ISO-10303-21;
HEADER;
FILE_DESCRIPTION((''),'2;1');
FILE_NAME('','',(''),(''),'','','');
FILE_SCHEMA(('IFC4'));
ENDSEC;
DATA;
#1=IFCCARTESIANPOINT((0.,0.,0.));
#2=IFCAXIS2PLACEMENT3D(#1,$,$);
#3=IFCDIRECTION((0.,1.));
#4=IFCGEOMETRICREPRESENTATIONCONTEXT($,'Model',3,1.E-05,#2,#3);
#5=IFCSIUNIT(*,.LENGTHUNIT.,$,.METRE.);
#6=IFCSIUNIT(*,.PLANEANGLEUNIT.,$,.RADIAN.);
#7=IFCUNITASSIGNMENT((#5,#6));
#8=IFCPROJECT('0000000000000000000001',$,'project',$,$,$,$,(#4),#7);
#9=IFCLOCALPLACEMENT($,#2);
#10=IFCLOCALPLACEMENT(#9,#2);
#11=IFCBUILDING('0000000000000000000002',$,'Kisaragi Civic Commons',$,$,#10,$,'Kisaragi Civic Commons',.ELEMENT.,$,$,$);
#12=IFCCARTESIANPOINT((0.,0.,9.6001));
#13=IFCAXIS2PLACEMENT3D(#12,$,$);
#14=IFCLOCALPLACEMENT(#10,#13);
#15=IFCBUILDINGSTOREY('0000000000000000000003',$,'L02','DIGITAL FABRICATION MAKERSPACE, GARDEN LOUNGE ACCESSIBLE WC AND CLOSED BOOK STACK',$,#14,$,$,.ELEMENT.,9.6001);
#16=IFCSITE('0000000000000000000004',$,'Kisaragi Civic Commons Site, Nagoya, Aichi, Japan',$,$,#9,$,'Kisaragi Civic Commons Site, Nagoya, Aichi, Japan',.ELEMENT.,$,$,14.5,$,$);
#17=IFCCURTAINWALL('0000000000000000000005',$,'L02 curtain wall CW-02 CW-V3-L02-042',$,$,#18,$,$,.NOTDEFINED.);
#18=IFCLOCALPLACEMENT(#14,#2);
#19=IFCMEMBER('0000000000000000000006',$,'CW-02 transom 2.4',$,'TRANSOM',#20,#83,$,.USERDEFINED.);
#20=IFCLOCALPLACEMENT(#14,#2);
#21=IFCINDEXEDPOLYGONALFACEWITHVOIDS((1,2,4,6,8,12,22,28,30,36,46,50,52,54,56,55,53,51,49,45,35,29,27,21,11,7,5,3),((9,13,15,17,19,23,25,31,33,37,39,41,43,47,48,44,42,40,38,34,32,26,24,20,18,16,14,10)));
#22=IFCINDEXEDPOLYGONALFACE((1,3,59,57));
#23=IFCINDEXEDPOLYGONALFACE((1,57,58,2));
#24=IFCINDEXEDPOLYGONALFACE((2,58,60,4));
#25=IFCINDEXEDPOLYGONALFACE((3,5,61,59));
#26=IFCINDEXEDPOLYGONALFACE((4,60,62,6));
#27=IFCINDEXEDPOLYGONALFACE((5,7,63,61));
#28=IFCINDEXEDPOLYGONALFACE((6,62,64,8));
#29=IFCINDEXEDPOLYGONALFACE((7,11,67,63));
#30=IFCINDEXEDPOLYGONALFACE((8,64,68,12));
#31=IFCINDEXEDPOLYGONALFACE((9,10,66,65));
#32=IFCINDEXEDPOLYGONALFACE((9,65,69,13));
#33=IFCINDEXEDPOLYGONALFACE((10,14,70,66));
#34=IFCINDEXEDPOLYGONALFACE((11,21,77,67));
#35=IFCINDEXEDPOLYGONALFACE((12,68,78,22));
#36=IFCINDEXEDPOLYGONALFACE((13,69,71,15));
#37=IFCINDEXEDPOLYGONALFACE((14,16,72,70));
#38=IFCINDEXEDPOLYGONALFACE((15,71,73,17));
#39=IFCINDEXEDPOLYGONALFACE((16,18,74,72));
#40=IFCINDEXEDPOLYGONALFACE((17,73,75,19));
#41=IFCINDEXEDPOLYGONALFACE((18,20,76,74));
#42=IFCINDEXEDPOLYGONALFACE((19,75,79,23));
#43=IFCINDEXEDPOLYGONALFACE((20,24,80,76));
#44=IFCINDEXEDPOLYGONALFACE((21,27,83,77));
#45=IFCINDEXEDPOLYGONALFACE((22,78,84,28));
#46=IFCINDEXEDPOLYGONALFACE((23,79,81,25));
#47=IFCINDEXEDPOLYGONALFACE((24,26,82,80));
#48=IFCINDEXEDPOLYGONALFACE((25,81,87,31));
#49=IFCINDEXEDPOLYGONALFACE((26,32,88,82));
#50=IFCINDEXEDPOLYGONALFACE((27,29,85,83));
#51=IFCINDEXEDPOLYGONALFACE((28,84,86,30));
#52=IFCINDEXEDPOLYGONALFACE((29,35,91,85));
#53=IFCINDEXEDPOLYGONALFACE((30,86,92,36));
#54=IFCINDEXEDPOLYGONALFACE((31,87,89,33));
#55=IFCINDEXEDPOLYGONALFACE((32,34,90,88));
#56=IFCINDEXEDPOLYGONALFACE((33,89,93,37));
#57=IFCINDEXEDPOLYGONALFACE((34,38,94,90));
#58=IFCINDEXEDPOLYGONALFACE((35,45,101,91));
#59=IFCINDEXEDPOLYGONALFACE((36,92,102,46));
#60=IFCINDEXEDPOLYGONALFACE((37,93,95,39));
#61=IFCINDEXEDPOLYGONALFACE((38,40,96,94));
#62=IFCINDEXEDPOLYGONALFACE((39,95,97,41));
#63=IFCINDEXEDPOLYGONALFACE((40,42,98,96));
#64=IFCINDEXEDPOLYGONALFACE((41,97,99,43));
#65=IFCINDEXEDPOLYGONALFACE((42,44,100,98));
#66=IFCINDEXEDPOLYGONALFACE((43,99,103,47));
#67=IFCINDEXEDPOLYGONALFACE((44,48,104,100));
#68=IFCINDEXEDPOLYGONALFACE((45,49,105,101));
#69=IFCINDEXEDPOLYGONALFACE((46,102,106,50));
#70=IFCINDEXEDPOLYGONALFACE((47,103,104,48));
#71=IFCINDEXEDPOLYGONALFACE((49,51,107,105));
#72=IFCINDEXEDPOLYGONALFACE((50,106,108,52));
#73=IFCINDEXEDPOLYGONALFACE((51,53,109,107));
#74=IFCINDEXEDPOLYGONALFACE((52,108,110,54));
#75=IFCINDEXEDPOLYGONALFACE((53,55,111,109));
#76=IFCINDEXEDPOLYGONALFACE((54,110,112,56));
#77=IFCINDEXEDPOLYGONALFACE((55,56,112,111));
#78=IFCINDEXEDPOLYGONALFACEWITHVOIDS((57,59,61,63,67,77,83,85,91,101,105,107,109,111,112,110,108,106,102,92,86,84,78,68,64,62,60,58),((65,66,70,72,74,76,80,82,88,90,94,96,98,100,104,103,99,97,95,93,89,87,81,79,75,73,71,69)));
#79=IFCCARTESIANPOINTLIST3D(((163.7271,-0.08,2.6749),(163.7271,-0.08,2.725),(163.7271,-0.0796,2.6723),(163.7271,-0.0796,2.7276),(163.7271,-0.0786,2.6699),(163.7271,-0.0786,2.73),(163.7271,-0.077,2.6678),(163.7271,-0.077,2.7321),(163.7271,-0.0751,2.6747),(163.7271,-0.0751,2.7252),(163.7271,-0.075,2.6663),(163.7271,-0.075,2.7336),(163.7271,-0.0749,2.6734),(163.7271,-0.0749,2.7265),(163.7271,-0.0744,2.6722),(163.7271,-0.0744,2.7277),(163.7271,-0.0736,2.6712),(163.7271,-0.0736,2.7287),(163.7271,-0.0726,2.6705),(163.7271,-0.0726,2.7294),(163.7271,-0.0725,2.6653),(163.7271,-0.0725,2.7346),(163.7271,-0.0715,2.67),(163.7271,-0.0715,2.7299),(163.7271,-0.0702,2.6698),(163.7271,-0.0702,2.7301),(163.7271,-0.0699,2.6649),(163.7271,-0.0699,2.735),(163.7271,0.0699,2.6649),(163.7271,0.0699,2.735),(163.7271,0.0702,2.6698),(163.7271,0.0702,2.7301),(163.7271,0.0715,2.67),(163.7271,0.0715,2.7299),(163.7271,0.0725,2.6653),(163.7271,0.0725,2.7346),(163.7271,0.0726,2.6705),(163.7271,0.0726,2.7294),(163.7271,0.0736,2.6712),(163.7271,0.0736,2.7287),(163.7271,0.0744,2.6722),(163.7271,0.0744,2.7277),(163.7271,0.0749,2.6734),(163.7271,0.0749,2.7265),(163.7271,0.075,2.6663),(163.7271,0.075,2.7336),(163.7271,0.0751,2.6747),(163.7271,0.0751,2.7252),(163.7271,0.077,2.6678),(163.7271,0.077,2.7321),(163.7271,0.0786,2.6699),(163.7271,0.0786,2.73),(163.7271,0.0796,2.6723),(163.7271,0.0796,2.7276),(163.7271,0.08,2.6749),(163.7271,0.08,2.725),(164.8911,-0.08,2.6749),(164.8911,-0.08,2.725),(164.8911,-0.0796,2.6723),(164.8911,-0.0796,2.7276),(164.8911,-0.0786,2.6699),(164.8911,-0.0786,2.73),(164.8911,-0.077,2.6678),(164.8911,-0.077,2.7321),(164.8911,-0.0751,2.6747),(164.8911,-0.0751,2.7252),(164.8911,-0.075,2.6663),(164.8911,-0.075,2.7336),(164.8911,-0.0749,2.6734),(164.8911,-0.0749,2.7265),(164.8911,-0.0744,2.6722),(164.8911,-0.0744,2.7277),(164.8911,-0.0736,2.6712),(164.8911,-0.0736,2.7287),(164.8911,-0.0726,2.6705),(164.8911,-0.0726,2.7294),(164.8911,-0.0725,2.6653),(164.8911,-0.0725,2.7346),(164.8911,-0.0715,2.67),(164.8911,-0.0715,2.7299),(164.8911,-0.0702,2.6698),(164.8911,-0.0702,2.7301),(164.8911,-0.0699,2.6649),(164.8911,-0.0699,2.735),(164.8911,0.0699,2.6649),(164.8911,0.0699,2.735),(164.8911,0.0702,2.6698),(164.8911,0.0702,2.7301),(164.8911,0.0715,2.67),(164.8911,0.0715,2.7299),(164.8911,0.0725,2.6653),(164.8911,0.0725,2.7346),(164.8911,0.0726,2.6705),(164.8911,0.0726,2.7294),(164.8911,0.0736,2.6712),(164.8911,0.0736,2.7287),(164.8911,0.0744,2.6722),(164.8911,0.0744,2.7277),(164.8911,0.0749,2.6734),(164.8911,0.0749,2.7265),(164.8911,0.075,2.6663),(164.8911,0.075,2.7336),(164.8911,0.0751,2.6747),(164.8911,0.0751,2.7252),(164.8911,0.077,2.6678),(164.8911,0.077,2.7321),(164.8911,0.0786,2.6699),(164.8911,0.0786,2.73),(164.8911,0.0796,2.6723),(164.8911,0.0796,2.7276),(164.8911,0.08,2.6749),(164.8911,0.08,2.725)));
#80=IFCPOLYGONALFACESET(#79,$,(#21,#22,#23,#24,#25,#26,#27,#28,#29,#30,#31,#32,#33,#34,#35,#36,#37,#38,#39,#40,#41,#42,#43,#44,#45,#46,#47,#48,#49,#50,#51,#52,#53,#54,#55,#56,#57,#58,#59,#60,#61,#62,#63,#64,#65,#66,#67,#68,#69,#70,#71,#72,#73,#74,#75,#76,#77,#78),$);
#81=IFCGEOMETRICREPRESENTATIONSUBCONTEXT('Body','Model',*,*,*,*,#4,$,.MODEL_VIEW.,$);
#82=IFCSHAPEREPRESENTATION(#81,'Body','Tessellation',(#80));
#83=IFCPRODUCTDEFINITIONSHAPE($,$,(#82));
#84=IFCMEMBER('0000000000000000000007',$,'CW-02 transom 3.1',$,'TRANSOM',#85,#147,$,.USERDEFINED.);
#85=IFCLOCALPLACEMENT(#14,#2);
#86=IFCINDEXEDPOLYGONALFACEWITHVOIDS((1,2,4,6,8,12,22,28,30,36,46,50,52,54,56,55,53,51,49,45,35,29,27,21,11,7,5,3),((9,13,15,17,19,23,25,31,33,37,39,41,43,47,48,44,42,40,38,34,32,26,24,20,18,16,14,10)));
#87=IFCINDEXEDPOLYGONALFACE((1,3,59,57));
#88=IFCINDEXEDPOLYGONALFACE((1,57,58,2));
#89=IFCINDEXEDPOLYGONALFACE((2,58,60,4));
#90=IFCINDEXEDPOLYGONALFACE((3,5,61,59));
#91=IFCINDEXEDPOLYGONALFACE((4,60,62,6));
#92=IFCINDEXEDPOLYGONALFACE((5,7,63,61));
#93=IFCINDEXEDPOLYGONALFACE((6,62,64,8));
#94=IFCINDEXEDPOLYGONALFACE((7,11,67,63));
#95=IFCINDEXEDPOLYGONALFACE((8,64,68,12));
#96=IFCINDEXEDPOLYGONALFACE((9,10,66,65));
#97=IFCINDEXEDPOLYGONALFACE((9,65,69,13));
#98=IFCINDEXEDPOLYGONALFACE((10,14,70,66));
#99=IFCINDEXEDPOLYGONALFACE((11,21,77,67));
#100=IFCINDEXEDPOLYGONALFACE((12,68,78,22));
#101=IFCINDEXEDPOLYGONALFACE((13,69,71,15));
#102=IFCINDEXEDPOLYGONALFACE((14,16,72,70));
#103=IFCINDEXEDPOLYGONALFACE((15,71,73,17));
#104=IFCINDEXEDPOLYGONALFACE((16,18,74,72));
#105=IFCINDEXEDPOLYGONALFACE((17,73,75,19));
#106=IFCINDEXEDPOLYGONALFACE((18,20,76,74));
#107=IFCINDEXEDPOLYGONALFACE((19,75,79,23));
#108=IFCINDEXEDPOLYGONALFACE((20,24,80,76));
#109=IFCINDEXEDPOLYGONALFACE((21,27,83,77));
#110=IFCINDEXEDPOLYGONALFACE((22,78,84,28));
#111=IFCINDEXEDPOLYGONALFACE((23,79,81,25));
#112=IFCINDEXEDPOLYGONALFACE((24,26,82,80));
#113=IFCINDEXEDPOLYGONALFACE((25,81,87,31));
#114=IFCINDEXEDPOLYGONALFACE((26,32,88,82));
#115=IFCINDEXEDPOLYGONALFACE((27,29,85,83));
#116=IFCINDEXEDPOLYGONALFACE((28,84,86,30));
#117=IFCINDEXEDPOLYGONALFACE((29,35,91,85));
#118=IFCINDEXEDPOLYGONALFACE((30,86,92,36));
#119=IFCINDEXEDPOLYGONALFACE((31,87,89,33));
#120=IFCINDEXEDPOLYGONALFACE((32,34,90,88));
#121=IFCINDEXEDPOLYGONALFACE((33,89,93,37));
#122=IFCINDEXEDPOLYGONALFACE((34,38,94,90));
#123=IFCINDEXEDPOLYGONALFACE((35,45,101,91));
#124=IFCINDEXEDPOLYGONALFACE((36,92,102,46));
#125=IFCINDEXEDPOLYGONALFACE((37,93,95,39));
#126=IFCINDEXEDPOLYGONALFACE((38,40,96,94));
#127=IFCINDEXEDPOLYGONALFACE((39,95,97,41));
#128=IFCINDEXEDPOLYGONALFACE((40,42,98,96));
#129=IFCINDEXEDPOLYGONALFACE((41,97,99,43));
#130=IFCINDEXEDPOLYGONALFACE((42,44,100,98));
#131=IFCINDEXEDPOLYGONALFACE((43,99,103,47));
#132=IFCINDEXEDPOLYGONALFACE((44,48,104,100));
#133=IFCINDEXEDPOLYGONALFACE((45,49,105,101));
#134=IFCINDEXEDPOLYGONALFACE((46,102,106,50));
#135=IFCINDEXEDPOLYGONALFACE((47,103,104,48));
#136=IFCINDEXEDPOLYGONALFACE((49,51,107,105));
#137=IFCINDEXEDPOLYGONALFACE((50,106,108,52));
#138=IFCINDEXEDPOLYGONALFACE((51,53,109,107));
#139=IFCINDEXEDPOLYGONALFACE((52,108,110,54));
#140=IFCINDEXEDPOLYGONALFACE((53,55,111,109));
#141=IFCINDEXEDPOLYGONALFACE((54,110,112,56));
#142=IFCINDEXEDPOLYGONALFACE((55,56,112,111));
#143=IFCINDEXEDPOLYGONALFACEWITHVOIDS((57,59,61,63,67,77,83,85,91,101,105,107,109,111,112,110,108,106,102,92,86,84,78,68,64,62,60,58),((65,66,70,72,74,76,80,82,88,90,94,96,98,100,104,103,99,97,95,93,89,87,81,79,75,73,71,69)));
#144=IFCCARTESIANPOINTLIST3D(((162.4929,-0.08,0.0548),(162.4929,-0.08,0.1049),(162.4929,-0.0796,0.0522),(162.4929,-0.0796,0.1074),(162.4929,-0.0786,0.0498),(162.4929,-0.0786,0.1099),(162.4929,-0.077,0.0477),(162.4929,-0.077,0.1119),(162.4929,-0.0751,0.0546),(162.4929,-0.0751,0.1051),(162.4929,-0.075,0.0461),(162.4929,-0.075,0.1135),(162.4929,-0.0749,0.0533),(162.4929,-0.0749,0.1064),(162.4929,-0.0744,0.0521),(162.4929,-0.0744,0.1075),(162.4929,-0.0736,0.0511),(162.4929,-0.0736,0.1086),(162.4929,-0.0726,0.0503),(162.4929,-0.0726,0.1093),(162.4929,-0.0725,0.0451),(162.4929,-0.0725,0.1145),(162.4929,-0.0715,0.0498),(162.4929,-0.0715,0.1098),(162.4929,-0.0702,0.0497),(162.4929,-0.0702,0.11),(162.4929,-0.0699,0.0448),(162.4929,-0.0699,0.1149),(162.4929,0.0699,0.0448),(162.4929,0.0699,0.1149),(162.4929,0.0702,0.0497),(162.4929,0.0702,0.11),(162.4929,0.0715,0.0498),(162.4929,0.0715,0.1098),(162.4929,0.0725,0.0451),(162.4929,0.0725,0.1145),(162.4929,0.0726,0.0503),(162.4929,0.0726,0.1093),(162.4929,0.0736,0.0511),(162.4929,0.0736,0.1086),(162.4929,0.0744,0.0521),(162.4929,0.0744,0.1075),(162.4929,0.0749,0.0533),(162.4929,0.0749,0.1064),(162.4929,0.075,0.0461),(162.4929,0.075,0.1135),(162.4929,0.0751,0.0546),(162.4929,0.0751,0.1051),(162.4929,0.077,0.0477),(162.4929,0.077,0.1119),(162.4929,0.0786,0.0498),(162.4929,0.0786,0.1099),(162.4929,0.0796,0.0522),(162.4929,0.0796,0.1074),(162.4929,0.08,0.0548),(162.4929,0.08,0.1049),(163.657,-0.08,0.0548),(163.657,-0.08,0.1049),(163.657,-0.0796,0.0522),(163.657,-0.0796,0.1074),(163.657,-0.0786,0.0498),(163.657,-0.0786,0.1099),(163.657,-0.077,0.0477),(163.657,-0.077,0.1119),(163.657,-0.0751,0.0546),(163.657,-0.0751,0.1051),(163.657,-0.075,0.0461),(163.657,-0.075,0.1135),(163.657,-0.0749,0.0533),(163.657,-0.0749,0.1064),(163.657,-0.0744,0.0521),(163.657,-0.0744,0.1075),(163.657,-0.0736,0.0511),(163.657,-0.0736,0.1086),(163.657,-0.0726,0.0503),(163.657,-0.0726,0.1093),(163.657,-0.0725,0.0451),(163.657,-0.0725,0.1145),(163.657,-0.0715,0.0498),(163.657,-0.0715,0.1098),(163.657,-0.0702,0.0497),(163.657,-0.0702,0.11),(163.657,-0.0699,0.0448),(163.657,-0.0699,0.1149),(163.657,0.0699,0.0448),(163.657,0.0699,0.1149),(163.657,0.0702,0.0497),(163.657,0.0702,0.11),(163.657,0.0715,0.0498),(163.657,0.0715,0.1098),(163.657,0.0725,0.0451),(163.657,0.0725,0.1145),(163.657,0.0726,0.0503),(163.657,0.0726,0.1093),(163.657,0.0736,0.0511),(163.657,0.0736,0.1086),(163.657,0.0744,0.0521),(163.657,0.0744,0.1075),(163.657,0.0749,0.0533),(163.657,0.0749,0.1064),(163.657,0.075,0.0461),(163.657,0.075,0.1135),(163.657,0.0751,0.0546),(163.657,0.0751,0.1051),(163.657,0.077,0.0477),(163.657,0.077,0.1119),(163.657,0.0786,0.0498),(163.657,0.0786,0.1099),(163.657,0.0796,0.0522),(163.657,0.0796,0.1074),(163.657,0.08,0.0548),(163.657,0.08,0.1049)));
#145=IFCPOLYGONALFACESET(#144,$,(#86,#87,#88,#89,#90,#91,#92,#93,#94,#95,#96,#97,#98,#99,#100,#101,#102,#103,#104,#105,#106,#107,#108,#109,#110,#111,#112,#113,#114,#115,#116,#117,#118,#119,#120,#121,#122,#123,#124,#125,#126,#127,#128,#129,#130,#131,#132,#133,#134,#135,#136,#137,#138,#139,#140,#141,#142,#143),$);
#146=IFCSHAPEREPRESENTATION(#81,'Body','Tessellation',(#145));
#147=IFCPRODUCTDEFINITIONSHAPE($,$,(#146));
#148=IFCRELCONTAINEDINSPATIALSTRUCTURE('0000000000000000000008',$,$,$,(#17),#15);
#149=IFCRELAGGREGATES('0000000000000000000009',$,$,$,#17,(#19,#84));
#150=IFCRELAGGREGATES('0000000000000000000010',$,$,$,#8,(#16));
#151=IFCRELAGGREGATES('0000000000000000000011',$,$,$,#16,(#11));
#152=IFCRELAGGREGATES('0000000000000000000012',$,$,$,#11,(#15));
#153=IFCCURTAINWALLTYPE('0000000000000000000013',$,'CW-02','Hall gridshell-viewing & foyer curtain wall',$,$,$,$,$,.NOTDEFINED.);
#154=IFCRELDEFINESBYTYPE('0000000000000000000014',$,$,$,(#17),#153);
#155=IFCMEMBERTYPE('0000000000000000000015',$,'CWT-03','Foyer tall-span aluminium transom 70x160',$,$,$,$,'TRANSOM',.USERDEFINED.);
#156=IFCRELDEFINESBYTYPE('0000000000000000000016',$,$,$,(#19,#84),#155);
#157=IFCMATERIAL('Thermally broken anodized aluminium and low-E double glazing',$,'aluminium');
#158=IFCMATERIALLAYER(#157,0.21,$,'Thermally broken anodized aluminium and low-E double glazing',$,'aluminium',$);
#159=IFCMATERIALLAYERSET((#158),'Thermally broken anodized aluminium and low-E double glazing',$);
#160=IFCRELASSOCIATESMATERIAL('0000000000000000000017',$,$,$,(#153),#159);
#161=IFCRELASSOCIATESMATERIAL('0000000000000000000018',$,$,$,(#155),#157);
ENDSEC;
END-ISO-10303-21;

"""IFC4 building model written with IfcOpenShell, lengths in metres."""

from ifc_helpers import new_model, si_unit, direction, frame, origin, origin_2d, place, context, subcontext, project, spatial, hollow_rectangle, extrude, material, layer, layer_set, material_profile, profile_set, type_object, element, aggregate, save


model = new_model("IFC4")

# Units and contexts
model_context = context("Model", 3, precision=1e-05, world=origin(), true_north=direction((0.0, 1.0)))
body_context = subcontext(model_context, "Body", "Model", "MODEL_VIEW")
ifc_project = project(units=[si_unit("LENGTHUNIT", "METRE"), si_unit("PLANEANGLEUNIT", "RADIAN")], contexts=[model_context])

# Site, building, storey
site_placement = place(None, origin())
site = spatial("IfcSite", under=ifc_project, at=site_placement, Name="Kisaragi Civic Commons Site, Nagoya, Aichi, Japan", LongName="Kisaragi Civic Commons Site, Nagoya, Aichi, Japan", CompositionType="ELEMENT", RefElevation=14.5)
building_placement = place(site_placement, origin())
building = spatial("IfcBuilding", under=site, at=building_placement, Name="Kisaragi Civic Commons", LongName="Kisaragi Civic Commons", CompositionType="ELEMENT")
storey_placement = place(building_placement, frame((0.0, 0.0, 9.6001)))
storey = spatial("IfcBuildingStorey", under=building, at=storey_placement, Name="L02", Description="DIGITAL FABRICATION MAKERSPACE, GARDEN LOUNGE ACCESSIBLE WC AND CLOSED BOOK STACK", CompositionType="ELEMENT", Elevation=9.6001)

# Shared definitions
ifc_material_1 = material(Name="Thermally broken anodized aluminium and low-E double glazing", Category="aluminium")
ifc_layer_1 = layer(ifc_material_1, 0.21, Name="Thermally broken anodized aluminium and low-E double glazing", Category="aluminium")
ifc_layer_set_1 = layer_set([ifc_layer_1], Name="Thermally broken anodized aluminium and low-E double glazing")
curtain_wall_type = type_object("IfcCurtainWallType", Name="CW-02", Description="Hall gridshell-viewing & foyer curtain wall", PredefinedType="NOTDEFINED", material=ifc_layer_set_1)

# Curtain wall
curtain_wall_1_placement = place(storey_placement, origin())
curtain_wall_1 = element("IfcCurtainWall", 1, at=curtain_wall_1_placement, inside=storey, type_object=curtain_wall_type, Name="L02 curtain wall CW-02 CW-V3-L02-042", PredefinedType="NOTDEFINED")

# Members
ifc_material_profile_1 = material_profile(ifc_material_1, hollow_rectangle(XDim=0.1599, YDim=0.0701, WallThickness=0.0049, InnerFilletRadius=0.0049, OuterFilletRadius=0.01, at=origin_2d()), Name="CWT-70x160x5", Category="aluminium")
ifc_profile_set_1 = profile_set([ifc_material_profile_1], Name="Thermally broken anodized aluminium and low-E double glazing")
member_type_1 = type_object("IfcMemberType", Name="CWT-03", Description="Foyer tall-span aluminium transom 70x160", ElementType="TRANSOM", PredefinedType="USERDEFINED", material=ifc_profile_set_1)
member_1_placement = place(storey_placement, frame((164.8911, 0.0, 2.7), z_axis=(-1.0, 0.0, 0.0), x_axis=(0.0, -1.0, 0.0)))
member_1 = element("IfcMember", 2, at=member_1_placement, type_object=member_type_1, Name="CW-02 transom 2.4", ObjectType="TRANSOM", PredefinedType="USERDEFINED", context=body_context, shape_type="SweptSolid", body=[
    extrude(hollow_rectangle(XDim=0.1599, YDim=0.0701, WallThickness=0.0049, InnerFilletRadius=0.0049, OuterFilletRadius=0.01, at=origin_2d()), origin(), (0.0, 0.0, 1.0), 1.1641),
])
member_2_placement = place(storey_placement, frame((163.657, 0.0, 0.0798), z_axis=(-1.0, 0.0, 0.0), x_axis=(0.0, -1.0, 0.0)))
member_2 = element("IfcMember", 3, at=member_2_placement, type_object=member_type_1, Name="CW-02 transom 3.1", ObjectType="TRANSOM", PredefinedType="USERDEFINED", context=body_context, shape_type="SweptSolid", body=[
    extrude(hollow_rectangle(XDim=0.1599, YDim=0.0701, WallThickness=0.0049, InnerFilletRadius=0.0049, OuterFilletRadius=0.01, at=origin_2d()), origin(), (0.0, 0.0, 1.0), 1.1641),
])

aggregate(curtain_wall_1, [member_1, member_2])

save(model, "model.ifc")
